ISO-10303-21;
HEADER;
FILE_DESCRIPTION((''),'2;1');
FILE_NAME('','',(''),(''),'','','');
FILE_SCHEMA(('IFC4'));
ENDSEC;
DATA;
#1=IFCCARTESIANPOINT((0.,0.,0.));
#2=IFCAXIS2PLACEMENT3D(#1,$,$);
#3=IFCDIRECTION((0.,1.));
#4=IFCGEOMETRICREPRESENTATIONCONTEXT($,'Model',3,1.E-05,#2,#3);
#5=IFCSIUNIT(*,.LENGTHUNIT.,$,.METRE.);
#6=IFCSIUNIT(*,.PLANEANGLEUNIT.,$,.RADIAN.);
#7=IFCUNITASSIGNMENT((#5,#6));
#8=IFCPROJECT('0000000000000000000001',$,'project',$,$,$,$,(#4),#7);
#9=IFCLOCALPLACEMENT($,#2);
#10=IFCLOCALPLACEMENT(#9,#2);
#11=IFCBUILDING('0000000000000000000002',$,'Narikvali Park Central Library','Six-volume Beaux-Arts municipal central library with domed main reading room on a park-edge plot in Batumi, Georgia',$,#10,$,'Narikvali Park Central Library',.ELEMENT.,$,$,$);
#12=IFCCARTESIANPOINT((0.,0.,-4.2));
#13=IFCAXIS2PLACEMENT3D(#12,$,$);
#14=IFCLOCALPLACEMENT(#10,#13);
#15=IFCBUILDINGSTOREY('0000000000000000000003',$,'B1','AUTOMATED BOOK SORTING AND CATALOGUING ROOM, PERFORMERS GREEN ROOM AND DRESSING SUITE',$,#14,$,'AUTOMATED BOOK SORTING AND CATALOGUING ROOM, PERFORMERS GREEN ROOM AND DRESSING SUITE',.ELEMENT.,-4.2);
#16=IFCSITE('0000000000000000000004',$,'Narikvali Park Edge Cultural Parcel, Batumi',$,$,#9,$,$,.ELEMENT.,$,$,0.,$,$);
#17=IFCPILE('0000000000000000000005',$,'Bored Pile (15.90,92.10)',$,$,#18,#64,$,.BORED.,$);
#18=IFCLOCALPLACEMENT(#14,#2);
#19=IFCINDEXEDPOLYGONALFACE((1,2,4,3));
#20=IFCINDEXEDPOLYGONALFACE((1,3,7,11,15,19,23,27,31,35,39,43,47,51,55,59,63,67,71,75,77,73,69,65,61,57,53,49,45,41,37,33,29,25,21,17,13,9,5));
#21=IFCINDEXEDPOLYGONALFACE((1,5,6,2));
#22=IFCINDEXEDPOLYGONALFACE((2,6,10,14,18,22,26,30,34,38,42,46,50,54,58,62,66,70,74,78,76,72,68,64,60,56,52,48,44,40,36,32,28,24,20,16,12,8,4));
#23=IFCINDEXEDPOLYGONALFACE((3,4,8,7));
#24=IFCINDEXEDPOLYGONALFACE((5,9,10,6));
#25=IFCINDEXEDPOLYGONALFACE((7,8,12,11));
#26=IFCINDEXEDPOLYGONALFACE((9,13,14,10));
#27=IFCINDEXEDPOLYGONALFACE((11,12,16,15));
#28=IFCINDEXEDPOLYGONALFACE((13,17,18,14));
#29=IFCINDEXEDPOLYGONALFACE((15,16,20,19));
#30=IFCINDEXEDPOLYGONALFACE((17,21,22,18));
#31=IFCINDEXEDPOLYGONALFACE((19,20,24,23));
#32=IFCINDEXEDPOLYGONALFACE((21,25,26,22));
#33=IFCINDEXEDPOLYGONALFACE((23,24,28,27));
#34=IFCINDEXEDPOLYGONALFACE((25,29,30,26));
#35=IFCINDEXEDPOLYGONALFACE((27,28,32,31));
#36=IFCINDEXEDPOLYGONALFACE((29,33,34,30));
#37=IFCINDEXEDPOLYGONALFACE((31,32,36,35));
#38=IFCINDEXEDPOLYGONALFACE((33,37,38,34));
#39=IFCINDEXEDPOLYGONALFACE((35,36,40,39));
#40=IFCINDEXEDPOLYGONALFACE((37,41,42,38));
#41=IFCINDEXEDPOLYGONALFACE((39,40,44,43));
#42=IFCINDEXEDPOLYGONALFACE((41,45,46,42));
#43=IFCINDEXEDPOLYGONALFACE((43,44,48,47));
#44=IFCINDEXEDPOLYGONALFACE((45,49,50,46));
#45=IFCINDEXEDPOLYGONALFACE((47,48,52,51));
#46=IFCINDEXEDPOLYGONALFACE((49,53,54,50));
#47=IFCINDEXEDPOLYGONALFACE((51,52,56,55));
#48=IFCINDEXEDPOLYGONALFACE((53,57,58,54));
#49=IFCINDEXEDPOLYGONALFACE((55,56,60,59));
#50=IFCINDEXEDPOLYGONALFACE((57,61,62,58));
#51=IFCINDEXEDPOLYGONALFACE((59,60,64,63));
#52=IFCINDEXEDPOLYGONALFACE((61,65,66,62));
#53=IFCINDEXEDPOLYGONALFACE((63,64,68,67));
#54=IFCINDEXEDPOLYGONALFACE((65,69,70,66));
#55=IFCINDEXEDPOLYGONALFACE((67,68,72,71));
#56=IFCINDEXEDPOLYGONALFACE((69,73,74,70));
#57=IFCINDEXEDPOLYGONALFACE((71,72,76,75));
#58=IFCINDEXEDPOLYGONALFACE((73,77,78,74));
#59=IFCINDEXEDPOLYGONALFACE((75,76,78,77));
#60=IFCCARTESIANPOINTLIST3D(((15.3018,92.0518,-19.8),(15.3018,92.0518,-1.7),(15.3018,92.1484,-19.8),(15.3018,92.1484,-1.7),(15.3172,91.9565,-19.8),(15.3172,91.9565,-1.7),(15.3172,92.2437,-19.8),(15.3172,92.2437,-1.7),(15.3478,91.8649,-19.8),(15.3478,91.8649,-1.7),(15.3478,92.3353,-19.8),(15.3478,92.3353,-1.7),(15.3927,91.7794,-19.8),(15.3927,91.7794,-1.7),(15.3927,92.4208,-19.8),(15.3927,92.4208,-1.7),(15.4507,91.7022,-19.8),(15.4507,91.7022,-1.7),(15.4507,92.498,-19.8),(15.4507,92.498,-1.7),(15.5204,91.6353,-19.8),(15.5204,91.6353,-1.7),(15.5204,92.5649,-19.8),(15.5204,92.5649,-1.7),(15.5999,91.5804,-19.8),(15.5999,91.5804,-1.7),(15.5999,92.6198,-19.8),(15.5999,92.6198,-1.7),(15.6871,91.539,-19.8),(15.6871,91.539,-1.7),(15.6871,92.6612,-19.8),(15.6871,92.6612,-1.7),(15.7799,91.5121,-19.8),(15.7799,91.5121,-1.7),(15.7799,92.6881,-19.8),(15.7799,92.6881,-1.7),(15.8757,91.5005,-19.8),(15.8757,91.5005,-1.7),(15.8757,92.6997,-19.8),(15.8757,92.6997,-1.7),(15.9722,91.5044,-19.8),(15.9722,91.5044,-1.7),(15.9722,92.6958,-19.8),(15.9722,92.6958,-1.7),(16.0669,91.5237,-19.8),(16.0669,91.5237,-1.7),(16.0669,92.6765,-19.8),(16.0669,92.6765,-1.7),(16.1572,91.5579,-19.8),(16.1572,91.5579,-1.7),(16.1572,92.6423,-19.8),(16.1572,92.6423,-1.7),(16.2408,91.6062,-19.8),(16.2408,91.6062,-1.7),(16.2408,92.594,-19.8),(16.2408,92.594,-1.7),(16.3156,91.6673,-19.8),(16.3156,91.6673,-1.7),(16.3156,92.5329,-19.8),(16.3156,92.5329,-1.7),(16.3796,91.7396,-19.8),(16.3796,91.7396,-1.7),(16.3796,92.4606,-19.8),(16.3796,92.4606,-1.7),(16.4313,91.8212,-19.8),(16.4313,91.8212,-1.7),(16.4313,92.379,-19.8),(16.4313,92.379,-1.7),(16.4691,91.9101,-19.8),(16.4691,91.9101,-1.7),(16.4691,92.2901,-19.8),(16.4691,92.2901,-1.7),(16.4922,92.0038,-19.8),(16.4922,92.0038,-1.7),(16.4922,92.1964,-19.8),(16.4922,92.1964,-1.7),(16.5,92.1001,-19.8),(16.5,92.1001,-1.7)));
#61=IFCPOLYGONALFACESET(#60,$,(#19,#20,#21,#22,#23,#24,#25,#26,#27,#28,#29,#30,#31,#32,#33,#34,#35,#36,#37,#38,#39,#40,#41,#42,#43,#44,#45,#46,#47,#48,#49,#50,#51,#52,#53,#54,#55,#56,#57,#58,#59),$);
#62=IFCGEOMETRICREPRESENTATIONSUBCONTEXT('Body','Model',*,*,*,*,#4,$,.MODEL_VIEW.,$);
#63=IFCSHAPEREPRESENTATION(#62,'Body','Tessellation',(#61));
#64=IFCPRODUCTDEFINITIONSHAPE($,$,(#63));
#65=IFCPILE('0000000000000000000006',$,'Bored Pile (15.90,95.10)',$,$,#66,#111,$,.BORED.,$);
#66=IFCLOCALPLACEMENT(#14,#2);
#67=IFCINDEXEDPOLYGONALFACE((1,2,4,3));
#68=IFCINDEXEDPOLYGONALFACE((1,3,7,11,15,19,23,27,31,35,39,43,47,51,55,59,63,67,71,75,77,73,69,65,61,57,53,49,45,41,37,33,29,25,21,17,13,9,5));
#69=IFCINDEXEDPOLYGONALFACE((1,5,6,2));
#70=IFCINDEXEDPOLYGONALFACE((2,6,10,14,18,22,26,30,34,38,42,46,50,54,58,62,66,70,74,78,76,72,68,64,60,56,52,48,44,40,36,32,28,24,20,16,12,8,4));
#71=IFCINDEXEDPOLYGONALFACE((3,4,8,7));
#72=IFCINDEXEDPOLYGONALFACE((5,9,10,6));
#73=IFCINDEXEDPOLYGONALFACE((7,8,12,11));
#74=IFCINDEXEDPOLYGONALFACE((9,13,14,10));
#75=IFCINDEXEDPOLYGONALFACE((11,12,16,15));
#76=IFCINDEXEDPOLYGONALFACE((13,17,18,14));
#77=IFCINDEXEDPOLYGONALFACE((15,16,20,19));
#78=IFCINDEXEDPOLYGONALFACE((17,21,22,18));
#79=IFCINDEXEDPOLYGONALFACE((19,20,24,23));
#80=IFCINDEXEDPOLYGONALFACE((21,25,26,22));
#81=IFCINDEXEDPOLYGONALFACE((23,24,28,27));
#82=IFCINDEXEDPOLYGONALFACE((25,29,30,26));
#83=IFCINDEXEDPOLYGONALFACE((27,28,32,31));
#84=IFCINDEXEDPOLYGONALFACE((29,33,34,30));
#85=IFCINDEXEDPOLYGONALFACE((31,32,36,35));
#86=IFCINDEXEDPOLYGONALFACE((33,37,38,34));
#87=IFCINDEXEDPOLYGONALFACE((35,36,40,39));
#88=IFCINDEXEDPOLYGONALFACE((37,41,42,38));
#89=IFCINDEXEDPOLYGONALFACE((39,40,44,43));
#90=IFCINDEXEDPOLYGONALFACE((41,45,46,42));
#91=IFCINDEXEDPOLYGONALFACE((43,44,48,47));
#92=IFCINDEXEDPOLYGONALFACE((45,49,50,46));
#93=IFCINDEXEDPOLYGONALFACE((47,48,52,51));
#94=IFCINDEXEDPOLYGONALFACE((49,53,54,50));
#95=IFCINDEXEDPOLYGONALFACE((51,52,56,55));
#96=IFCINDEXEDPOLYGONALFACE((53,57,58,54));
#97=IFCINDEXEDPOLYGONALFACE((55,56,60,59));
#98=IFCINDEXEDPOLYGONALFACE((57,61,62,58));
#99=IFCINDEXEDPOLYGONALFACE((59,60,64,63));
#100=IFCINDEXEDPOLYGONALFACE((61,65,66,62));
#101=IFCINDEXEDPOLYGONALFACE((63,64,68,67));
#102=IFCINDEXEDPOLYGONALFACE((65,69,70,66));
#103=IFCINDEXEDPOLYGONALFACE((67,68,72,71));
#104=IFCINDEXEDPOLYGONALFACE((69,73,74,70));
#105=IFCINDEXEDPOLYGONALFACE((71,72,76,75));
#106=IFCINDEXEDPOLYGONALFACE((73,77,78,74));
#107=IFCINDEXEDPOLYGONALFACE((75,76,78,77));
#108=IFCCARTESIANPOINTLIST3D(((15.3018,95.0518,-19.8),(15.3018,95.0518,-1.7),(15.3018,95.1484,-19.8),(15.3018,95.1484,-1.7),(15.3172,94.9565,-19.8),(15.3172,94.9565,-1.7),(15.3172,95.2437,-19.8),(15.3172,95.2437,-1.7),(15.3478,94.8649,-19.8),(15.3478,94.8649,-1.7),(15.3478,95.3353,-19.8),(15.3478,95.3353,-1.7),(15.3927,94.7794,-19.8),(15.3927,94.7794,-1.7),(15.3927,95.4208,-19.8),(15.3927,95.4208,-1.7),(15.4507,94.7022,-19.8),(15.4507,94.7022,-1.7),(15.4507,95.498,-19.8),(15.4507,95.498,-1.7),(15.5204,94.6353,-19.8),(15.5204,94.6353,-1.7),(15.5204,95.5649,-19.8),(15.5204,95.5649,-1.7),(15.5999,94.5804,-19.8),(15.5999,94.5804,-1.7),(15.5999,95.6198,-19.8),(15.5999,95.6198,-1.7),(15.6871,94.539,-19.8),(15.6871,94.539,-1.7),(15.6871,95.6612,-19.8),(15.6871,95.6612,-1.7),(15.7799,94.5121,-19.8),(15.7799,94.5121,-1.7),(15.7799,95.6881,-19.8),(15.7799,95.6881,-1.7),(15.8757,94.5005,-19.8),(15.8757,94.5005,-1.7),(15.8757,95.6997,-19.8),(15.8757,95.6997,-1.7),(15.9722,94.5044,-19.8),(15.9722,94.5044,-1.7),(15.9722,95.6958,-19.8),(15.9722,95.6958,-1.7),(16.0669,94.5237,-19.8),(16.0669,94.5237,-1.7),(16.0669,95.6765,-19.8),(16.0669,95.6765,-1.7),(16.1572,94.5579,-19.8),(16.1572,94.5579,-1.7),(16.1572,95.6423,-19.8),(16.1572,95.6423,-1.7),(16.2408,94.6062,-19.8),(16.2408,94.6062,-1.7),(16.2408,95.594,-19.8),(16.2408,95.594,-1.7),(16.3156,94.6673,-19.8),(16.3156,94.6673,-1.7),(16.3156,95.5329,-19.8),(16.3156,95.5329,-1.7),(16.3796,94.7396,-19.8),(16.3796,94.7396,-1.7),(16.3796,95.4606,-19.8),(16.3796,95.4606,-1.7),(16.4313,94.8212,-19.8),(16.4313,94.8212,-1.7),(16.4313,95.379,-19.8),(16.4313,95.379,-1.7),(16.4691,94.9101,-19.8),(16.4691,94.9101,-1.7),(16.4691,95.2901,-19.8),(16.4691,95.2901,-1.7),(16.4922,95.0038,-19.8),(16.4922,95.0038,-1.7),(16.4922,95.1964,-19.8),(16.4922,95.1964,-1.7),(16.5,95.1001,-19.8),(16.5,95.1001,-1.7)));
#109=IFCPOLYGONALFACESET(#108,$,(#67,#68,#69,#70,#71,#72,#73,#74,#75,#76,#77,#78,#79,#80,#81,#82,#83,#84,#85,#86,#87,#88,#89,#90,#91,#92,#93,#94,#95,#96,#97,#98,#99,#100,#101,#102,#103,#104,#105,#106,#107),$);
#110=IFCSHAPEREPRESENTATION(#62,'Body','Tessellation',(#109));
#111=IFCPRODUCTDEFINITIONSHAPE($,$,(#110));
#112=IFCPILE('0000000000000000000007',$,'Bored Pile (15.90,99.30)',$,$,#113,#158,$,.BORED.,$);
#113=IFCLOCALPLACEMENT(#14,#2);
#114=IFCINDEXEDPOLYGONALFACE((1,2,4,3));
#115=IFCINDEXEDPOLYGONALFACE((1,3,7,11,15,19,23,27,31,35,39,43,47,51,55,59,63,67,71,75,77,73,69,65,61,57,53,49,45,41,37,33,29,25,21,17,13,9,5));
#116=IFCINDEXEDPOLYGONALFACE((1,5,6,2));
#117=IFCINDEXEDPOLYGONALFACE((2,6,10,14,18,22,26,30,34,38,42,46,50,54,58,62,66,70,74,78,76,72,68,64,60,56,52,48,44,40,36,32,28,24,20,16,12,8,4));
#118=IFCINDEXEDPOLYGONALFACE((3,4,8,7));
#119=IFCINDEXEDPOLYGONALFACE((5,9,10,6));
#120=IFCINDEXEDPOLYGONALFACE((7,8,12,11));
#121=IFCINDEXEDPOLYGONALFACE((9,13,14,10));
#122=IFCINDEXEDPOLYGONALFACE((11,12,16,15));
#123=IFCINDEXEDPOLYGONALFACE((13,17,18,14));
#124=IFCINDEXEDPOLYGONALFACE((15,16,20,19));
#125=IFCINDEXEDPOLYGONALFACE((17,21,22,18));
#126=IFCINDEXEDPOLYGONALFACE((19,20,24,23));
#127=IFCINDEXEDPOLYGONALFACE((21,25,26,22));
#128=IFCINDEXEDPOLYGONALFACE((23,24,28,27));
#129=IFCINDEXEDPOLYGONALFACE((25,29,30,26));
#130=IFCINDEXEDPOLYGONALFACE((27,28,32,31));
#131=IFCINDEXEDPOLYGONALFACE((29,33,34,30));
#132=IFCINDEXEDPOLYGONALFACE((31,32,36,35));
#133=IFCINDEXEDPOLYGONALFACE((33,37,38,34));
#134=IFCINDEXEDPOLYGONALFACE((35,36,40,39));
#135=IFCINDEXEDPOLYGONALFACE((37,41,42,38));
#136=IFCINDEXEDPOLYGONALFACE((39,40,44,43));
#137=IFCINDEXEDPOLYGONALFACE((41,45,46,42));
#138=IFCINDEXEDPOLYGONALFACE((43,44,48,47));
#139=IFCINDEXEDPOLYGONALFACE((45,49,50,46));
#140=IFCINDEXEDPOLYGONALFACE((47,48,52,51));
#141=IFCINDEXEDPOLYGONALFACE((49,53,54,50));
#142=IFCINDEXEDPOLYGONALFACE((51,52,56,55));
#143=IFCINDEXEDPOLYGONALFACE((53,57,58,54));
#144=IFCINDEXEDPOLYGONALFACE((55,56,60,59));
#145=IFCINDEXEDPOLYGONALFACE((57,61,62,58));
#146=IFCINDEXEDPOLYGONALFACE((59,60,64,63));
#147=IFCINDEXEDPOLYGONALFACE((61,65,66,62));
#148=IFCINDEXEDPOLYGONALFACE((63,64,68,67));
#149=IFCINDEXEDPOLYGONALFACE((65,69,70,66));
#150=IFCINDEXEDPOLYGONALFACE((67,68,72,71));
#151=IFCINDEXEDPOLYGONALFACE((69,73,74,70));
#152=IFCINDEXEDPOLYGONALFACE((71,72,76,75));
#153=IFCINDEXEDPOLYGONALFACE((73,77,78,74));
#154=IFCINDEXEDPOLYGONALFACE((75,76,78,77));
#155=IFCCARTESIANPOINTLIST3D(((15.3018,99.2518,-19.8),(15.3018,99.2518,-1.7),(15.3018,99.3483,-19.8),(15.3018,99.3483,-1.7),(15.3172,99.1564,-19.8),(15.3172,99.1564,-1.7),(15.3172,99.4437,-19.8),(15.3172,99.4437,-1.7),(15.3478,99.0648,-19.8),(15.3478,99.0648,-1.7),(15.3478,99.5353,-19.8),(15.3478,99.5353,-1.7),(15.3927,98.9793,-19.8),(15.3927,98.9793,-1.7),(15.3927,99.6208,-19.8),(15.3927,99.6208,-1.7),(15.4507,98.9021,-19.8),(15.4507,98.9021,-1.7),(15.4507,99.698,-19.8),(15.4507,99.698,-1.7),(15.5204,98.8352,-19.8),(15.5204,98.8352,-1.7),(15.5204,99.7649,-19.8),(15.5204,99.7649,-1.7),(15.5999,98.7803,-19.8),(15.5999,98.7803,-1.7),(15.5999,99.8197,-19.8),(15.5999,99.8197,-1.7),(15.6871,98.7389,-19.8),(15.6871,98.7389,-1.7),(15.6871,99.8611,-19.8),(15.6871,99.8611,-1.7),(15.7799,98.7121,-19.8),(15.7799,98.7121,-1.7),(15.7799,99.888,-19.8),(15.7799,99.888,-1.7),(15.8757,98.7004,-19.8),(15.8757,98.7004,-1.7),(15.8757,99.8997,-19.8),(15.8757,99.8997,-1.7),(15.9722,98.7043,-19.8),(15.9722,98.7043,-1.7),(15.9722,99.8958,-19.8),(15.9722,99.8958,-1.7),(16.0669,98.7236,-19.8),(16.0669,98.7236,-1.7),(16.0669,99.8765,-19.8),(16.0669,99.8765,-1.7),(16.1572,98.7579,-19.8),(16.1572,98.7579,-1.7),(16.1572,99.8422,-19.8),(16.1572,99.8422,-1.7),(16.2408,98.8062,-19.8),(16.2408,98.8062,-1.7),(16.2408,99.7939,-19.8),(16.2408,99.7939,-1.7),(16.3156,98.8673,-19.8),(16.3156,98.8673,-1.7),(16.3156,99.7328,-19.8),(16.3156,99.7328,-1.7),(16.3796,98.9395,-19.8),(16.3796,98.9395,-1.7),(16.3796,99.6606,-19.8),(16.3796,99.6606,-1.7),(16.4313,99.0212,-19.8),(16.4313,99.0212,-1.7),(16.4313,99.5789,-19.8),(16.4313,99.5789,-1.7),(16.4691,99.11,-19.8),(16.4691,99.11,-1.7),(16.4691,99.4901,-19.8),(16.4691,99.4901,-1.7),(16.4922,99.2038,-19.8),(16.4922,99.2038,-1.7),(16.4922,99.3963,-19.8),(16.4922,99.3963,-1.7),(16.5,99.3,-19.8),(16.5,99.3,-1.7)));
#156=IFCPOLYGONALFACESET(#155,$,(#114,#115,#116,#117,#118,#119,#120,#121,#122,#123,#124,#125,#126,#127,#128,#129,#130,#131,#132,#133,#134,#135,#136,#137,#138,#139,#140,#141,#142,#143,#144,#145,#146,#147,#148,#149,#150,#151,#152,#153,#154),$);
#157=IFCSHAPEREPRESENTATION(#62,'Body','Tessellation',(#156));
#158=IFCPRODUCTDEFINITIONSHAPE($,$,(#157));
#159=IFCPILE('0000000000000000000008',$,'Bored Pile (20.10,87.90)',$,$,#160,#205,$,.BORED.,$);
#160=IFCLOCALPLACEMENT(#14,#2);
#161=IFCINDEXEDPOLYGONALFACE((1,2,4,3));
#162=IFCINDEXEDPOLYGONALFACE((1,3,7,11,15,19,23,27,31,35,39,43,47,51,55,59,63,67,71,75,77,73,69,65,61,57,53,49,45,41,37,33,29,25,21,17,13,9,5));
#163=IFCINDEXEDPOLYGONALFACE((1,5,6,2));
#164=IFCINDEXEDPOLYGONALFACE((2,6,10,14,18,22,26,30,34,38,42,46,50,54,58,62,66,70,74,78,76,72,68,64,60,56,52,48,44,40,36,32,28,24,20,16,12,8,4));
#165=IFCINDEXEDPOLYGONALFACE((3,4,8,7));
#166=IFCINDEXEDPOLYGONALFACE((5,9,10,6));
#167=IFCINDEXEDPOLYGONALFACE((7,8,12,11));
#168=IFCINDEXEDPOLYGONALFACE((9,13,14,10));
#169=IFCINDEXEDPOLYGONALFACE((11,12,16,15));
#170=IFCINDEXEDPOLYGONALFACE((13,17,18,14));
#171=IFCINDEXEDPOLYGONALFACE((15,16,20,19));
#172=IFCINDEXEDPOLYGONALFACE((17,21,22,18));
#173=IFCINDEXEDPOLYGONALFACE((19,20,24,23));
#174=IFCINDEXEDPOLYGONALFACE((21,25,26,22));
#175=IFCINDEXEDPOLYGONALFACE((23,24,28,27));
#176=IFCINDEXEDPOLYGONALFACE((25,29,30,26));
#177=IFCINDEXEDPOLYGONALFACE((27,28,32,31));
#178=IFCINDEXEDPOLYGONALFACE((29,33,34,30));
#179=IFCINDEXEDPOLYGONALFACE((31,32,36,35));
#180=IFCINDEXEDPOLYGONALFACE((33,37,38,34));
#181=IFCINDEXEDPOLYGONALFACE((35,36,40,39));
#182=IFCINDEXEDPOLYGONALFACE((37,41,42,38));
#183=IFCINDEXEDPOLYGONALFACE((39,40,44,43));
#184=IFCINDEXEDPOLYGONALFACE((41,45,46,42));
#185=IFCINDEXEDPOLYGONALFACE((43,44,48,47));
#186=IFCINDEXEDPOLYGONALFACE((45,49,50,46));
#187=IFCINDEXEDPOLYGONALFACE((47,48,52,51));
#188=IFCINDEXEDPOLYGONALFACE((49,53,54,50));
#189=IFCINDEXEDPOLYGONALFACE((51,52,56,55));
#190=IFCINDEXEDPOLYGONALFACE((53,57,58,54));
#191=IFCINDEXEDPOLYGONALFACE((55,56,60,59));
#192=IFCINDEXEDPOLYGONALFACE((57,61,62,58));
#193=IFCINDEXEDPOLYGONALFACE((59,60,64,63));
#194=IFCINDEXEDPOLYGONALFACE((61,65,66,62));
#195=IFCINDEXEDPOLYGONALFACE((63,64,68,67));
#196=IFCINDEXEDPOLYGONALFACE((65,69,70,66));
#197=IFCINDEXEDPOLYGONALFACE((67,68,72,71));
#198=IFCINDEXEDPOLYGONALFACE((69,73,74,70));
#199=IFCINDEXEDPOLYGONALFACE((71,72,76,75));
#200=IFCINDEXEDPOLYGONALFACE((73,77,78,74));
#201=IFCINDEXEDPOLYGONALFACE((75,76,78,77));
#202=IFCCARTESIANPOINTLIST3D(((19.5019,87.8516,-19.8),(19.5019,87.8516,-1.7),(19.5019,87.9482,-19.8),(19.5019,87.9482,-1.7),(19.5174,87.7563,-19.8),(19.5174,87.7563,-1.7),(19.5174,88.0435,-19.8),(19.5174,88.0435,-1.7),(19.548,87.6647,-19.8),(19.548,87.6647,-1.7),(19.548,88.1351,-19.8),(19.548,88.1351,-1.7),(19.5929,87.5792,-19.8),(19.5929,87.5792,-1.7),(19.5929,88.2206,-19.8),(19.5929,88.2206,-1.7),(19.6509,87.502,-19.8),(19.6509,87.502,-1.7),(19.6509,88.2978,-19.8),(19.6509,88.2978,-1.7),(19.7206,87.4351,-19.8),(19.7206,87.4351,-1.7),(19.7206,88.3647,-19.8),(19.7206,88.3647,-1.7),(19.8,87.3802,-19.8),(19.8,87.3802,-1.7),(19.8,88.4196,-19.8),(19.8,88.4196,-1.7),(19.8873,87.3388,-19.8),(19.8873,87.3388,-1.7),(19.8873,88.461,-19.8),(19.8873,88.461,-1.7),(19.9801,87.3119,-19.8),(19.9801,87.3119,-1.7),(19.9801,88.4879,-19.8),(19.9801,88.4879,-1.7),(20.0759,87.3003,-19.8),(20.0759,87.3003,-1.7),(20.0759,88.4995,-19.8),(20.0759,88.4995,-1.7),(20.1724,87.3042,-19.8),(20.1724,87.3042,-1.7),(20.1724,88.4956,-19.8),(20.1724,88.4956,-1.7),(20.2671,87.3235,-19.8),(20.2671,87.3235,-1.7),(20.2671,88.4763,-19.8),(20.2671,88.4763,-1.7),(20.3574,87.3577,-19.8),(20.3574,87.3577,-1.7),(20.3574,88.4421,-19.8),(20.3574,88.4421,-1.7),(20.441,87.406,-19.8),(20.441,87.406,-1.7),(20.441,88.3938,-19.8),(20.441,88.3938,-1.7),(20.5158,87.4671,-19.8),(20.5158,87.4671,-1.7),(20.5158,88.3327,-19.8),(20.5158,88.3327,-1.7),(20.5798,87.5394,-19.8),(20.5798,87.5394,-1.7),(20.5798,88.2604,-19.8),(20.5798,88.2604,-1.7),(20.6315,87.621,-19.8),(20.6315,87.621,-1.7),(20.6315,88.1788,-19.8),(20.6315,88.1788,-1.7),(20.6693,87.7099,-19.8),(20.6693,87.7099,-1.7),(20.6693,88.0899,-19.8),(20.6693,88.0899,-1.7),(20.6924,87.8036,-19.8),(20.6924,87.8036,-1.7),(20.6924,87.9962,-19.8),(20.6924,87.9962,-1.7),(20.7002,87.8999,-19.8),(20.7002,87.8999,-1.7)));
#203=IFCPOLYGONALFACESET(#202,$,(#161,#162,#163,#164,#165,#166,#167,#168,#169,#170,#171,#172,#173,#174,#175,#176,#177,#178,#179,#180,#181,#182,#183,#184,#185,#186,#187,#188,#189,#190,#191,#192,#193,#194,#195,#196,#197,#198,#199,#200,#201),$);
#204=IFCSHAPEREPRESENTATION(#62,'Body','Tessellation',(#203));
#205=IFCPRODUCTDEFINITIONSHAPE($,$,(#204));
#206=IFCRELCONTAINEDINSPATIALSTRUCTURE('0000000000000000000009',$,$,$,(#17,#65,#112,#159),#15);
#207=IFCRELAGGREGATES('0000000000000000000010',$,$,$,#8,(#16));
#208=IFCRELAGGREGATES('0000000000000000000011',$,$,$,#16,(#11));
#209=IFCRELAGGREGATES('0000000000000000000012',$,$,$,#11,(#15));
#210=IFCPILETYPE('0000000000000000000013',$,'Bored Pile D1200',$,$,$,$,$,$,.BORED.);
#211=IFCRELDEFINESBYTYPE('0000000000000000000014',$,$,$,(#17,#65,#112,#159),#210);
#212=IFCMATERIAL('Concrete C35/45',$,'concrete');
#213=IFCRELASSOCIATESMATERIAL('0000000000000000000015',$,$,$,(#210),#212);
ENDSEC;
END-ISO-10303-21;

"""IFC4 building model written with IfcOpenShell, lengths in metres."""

from ifc_helpers import new_model, si_unit, direction, frame, origin, origin_2d, place, context, subcontext, project, spatial, circle, extrude, material, material_profile, profile_set, type_object, element, save


model = new_model("IFC4")

# Units and contexts
model_context = context("Model", 3, precision=1e-05, world=origin(), true_north=direction((0.0, 1.0)))
body_context = subcontext(model_context, "Body", "Model", "MODEL_VIEW")
ifc_project = project(units=[si_unit("LENGTHUNIT", "METRE"), si_unit("PLANEANGLEUNIT", "RADIAN")], contexts=[model_context])

# Site, building, storey
site_placement = place(None, origin())
site = spatial("IfcSite", under=ifc_project, at=site_placement, Name="Narikvali Park Edge Cultural Parcel, Batumi", CompositionType="ELEMENT", RefElevation=0.0)
building_placement = place(site_placement, origin())
building = spatial("IfcBuilding", under=site, at=building_placement, Name="Narikvali Park Central Library", Description="Six-volume Beaux-Arts municipal central library with domed main reading room on a park-edge plot in Batumi, Georgia", LongName="Narikvali Park Central Library", CompositionType="ELEMENT")
storey_placement = place(building_placement, frame((0.0, 0.0, -4.2)))
storey = spatial("IfcBuildingStorey", under=building, at=storey_placement, Name="B1", Description="AUTOMATED BOOK SORTING AND CATALOGUING ROOM, PERFORMERS GREEN ROOM AND DRESSING SUITE", LongName="AUTOMATED BOOK SORTING AND CATALOGUING ROOM, PERFORMERS GREEN ROOM AND DRESSING SUITE", CompositionType="ELEMENT", Elevation=-4.2)

# Piles
ifc_material_1 = material(Name="Concrete C35/45", Category="concrete")
ifc_material_profile_1 = material_profile(ifc_material_1, circle(Radius=0.6001, at=origin_2d()), Name="PILE D1200")
ifc_profile_set_1 = profile_set([ifc_material_profile_1], Name="Concrete C35/45")
pile_type_1 = type_object("IfcPileType", Name="Bored Pile D1200", PredefinedType="BORED", material=ifc_profile_set_1)
for number, where, z_axis, x_axis, name in (
    (1, (15.8999, 92.1001, -1.7), (0.0, 0.0, -1.0), (1.0, 0.0, 0.0), "Bored Pile (15.90,92.10)"),
    (2, (15.8999, 95.1001, -1.7), (0.0, 0.0, -1.0), (1.0, 0.0, 0.0), "Bored Pile (15.90,95.10)"),
    (3, (15.8999, 99.3, -1.7), (0.0, 0.0, -1.0), (1.0, 0.0, 0.0), "Bored Pile (15.90,99.30)"),
    (4, (20.1001, 87.8999, -1.7), (0.0, 0.0, -1.0), (1.0, 0.0, 0.0), "Bored Pile (20.10,87.90)"),
):
    element("IfcPile", number, at=place(storey_placement, frame(where, z_axis=z_axis, x_axis=x_axis)), inside=storey, type_object=pile_type_1, Name=name, PredefinedType="BORED", context=body_context, shape_type="SweptSolid", body=[
        extrude(circle(Radius=0.6001, at=origin_2d()), origin(), (0.0, 0.0, 1.0), 18.1001),
    ])

save(model, "model.ifc")
